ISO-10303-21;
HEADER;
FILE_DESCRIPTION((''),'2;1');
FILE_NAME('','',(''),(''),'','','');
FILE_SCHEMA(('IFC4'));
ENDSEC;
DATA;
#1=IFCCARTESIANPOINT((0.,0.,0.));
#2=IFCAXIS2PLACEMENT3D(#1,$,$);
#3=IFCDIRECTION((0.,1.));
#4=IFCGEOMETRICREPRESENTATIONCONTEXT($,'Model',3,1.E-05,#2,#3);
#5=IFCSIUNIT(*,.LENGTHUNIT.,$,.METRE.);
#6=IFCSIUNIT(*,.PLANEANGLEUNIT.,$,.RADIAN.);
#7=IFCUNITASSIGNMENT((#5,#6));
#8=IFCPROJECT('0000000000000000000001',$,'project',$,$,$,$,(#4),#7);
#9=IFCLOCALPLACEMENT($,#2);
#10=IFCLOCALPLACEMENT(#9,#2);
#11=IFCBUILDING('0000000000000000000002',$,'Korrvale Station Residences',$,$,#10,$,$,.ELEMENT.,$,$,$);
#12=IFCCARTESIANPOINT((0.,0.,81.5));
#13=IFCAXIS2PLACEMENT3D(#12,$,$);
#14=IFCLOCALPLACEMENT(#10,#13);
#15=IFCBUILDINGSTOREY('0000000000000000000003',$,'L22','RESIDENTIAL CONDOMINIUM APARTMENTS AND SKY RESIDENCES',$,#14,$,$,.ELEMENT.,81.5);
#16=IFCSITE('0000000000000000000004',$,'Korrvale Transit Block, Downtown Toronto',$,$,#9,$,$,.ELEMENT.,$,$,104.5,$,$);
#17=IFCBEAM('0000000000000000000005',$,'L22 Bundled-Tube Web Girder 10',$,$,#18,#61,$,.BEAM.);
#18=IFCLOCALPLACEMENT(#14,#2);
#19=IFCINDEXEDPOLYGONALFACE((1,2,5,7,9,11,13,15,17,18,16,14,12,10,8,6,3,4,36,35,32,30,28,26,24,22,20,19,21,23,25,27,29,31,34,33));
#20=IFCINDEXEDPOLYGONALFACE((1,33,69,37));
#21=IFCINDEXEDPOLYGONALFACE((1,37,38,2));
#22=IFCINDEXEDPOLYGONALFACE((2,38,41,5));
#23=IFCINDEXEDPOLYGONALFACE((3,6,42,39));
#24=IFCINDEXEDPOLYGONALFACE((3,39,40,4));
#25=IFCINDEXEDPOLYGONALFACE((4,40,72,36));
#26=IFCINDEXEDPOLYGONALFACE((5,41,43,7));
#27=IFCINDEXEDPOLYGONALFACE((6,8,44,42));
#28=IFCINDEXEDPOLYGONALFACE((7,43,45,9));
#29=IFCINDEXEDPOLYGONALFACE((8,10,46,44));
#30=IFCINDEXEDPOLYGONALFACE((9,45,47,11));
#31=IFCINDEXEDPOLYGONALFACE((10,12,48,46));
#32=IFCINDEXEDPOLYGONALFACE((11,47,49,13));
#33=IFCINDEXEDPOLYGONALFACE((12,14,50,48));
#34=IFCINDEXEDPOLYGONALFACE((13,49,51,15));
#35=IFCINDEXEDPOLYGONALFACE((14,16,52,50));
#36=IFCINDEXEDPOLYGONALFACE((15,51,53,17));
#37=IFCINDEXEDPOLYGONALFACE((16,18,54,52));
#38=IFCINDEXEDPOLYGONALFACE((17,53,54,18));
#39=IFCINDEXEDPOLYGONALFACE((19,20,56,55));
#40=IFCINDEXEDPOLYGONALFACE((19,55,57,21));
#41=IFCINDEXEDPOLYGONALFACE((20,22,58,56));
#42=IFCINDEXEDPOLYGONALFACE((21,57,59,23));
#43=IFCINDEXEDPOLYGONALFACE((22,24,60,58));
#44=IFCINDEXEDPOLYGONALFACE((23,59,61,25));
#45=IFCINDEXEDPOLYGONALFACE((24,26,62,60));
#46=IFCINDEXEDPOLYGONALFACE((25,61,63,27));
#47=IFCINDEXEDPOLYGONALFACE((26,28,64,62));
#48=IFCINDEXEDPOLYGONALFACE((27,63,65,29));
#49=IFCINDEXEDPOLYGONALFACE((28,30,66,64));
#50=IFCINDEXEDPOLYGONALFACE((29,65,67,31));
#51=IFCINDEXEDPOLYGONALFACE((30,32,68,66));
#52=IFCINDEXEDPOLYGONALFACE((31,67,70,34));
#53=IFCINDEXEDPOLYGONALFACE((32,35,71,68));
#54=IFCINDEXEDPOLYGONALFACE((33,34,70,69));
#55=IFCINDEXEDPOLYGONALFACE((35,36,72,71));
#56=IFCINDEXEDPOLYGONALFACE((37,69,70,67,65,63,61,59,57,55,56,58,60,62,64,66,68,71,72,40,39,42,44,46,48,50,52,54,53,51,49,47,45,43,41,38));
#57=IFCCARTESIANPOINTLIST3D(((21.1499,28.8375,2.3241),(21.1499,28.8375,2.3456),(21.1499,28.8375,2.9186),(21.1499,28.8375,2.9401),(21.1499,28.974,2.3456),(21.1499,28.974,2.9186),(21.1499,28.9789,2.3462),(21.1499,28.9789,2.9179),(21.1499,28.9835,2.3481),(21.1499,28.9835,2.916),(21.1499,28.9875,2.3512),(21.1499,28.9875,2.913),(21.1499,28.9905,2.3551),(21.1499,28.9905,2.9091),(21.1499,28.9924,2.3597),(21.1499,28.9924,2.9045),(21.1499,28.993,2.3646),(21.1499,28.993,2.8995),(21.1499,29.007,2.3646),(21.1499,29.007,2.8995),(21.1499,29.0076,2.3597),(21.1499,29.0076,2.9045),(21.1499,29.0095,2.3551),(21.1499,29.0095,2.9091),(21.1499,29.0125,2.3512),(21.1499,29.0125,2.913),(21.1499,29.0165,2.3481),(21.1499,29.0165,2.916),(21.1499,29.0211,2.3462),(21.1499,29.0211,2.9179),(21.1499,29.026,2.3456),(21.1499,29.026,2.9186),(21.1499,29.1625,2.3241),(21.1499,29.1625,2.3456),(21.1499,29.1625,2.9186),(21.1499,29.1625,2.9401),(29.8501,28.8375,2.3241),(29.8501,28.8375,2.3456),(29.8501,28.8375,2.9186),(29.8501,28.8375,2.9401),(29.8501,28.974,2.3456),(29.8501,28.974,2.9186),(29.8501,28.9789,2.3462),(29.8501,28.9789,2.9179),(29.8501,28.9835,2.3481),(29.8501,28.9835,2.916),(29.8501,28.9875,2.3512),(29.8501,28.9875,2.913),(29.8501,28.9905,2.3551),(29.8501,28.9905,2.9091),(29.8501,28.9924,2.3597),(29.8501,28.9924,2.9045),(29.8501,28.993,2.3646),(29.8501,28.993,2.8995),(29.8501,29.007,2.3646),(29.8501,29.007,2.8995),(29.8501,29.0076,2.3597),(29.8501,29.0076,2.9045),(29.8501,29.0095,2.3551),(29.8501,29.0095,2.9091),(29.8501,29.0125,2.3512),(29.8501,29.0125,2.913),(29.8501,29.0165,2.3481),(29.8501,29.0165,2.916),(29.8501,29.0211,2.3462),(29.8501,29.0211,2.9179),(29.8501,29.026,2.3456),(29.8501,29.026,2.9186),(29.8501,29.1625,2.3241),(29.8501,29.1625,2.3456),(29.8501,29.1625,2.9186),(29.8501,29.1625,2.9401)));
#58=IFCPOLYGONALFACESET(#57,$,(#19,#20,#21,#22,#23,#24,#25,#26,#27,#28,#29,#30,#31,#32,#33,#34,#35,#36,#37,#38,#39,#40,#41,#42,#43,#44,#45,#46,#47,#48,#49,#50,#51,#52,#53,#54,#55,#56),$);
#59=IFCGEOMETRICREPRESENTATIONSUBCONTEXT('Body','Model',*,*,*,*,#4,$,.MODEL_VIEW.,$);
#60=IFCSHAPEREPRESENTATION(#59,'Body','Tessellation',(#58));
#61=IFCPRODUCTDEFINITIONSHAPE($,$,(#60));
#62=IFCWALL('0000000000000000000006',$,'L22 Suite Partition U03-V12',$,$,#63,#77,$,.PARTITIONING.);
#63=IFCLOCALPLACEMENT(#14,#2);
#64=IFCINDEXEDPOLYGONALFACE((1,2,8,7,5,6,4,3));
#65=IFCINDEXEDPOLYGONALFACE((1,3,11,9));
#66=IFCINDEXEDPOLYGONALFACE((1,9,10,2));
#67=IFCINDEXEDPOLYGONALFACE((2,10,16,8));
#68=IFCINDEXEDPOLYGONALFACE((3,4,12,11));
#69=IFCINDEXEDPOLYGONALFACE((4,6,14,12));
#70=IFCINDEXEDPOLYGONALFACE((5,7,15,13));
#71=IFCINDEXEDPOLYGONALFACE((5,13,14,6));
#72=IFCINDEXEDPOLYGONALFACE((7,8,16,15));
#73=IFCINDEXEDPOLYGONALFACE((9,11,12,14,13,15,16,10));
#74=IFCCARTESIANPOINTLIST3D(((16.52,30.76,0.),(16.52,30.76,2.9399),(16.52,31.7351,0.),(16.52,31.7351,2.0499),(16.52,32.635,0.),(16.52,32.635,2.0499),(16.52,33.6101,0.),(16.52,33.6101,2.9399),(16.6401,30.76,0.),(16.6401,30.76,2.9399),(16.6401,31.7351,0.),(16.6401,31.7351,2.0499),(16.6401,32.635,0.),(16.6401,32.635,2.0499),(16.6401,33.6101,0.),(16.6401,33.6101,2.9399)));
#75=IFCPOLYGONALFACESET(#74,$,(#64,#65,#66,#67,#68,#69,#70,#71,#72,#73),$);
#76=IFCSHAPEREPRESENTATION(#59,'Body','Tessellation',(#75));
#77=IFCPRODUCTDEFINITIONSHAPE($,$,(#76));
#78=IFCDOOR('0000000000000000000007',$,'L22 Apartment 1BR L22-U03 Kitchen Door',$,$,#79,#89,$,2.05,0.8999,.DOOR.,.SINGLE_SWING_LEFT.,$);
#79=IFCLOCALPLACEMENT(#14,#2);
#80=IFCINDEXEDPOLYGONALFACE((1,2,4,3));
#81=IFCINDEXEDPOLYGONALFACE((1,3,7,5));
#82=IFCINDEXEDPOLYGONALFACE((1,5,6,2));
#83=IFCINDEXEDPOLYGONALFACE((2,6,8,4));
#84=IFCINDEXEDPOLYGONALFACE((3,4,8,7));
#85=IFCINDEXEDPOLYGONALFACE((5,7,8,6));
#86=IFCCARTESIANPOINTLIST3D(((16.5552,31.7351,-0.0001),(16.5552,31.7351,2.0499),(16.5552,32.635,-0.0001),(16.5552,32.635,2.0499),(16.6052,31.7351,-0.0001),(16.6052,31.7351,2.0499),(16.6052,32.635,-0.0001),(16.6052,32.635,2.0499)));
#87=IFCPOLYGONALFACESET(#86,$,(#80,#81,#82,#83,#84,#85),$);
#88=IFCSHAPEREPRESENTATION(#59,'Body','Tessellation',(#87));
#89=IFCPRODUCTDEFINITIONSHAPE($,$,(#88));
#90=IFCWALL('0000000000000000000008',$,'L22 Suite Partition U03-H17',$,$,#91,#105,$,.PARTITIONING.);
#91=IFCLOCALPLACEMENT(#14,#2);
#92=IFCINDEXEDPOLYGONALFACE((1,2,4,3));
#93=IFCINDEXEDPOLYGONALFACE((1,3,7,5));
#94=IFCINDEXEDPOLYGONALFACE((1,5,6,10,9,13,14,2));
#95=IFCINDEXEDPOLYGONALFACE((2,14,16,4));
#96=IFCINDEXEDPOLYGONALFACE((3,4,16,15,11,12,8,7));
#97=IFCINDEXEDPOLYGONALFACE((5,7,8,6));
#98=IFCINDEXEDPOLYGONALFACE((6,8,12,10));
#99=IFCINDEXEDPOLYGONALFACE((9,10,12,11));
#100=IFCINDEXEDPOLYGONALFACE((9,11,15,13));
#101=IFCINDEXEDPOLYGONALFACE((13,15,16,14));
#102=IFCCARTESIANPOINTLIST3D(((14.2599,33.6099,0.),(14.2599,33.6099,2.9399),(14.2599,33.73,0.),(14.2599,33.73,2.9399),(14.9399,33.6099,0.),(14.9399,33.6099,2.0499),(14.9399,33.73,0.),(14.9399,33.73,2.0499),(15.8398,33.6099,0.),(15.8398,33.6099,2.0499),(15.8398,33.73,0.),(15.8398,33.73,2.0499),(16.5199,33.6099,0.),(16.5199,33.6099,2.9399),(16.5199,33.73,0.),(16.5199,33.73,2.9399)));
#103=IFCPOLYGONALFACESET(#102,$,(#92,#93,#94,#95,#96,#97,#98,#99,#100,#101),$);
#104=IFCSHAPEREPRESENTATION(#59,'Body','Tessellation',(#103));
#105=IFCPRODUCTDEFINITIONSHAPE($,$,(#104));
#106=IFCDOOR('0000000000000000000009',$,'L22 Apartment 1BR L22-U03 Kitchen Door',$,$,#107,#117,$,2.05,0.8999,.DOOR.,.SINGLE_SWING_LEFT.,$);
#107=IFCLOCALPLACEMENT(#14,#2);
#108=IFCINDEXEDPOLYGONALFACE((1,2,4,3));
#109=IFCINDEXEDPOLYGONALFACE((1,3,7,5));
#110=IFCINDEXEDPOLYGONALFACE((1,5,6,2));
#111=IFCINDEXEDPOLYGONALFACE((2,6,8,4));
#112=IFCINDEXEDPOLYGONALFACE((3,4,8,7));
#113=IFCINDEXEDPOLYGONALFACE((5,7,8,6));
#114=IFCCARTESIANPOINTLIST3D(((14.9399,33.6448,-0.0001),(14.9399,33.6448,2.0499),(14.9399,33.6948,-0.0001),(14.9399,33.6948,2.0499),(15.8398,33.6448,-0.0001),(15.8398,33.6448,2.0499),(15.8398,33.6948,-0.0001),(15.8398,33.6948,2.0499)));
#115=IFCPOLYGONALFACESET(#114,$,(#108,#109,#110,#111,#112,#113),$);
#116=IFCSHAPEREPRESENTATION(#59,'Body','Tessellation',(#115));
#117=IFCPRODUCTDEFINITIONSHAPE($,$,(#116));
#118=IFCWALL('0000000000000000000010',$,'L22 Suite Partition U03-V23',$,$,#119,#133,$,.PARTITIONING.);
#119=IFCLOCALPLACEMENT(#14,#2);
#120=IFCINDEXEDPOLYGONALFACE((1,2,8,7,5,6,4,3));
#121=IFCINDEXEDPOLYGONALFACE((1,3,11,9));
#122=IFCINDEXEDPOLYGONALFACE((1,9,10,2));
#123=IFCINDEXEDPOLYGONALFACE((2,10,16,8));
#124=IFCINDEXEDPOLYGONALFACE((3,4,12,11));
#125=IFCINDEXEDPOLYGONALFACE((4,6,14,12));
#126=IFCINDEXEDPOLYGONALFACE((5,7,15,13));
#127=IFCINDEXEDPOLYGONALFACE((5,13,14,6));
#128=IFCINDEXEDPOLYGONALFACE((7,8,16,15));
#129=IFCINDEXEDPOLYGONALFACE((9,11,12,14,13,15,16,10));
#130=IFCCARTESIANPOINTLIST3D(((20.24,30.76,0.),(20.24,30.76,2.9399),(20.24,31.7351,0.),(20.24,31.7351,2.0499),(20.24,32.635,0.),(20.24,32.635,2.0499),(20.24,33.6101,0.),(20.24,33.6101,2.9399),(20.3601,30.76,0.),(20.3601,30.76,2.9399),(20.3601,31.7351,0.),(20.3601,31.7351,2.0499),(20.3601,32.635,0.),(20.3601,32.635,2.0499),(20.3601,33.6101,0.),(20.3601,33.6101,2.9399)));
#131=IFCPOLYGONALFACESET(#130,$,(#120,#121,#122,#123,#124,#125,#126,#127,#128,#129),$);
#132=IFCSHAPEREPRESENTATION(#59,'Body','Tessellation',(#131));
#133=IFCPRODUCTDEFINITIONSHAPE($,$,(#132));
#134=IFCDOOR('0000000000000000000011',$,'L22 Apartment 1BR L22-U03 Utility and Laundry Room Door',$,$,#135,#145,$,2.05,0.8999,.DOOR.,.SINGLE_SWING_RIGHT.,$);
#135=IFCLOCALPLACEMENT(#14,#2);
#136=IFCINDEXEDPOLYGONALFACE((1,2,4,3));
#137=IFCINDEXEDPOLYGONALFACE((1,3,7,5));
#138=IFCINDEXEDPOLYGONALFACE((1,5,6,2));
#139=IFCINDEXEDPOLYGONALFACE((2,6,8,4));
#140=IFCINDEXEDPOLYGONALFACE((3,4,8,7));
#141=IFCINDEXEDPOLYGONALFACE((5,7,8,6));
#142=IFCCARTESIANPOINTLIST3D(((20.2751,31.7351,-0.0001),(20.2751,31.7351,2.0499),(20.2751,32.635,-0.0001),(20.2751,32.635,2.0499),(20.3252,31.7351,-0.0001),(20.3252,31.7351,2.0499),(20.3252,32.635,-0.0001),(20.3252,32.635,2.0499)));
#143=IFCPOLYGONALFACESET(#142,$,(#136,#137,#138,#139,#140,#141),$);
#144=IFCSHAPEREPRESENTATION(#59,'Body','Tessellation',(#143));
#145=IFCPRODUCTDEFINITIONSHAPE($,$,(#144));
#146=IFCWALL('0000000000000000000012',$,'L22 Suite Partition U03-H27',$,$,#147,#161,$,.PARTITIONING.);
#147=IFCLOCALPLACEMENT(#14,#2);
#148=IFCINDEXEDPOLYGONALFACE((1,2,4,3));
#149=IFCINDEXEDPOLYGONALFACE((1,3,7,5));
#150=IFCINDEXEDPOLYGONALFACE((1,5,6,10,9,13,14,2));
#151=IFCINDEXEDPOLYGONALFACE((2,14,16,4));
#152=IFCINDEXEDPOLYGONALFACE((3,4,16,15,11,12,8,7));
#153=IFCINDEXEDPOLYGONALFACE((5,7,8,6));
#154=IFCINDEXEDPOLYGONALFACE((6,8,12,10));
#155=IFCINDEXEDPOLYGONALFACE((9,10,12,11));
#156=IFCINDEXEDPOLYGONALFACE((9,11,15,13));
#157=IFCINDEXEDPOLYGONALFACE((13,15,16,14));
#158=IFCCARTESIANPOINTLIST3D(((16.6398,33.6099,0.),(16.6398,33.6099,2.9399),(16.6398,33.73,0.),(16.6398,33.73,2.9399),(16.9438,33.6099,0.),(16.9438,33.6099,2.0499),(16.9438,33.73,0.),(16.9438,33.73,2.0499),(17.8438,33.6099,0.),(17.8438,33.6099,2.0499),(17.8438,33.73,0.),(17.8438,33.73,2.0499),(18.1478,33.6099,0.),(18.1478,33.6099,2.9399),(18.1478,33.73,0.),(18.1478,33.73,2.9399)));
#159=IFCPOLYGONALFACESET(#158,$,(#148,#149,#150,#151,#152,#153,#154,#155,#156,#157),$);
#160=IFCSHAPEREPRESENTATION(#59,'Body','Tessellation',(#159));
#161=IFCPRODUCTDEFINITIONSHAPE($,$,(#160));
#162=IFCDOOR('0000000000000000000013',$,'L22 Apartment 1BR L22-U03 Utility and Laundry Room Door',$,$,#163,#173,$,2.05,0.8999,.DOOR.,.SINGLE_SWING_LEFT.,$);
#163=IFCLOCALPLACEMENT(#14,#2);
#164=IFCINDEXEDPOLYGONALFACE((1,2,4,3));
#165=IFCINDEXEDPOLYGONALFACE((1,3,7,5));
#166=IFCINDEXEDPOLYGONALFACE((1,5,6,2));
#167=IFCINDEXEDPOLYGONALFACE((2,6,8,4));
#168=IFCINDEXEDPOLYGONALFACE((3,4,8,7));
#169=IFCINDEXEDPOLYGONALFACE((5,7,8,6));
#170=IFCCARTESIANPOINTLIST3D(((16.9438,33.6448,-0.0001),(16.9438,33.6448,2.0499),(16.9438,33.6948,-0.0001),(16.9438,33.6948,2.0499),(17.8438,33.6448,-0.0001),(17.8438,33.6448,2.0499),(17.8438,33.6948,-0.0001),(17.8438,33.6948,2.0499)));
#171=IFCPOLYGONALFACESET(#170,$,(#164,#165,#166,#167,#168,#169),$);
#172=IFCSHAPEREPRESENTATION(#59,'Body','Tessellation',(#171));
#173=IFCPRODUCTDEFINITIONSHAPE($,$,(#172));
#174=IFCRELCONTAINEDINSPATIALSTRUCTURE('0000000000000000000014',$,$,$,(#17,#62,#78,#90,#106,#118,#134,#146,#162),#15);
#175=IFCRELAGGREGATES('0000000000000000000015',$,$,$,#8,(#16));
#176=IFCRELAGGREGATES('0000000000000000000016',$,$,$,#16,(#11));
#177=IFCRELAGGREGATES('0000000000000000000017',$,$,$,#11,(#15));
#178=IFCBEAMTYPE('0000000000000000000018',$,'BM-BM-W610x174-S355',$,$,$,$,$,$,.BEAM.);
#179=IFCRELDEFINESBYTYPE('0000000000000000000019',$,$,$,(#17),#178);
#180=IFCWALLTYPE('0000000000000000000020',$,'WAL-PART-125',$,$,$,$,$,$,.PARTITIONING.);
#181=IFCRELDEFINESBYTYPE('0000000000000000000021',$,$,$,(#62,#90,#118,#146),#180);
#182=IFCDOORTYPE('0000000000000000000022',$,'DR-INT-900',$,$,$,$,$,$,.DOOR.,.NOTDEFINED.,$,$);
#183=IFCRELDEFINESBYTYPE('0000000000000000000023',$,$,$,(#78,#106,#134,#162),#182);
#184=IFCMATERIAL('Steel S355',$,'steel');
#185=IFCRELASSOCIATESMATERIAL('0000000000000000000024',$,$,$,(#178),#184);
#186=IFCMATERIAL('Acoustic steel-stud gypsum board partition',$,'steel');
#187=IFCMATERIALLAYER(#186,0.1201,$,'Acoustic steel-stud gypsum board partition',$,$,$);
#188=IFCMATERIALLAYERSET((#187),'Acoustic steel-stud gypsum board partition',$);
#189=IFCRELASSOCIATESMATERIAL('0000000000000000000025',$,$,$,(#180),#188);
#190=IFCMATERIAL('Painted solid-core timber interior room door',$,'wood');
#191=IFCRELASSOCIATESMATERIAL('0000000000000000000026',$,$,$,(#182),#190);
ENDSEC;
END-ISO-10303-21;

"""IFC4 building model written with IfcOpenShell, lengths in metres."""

from ifc_helpers import new_model, si_unit, direction, frame, frame_2d, origin, origin_2d, place, context, subcontext, project, spatial, rectangle, i_section, extrude, material, layer, layer_set, material_profile, profile_set, type_object, element, fill, save


model = new_model("IFC4")

# Units and contexts
model_context = context("Model", 3, precision=1e-05, world=origin(), true_north=direction((0.0, 1.0)))
body_context = subcontext(model_context, "Body", "Model", "MODEL_VIEW")
ifc_project = project(units=[si_unit("LENGTHUNIT", "METRE"), si_unit("PLANEANGLEUNIT", "RADIAN")], contexts=[model_context])

# Site, building, storey
site_placement = place(None, origin())
site = spatial("IfcSite", under=ifc_project, at=site_placement, Name="Korrvale Transit Block, Downtown Toronto", CompositionType="ELEMENT", RefElevation=104.5)
building_placement = place(site_placement, origin())
building = spatial("IfcBuilding", under=site, at=building_placement, Name="Korrvale Station Residences", CompositionType="ELEMENT")
storey_placement = place(building_placement, frame((0.0, 0.0, 81.5)))
storey = spatial("IfcBuildingStorey", under=building, at=storey_placement, Name="L22", Description="RESIDENTIAL CONDOMINIUM APARTMENTS AND SKY RESIDENCES", CompositionType="ELEMENT", Elevation=81.5)

# Beam
ifc_material_1 = material(Name="Steel S355", Category="steel")
ifc_material_profile = material_profile(ifc_material_1, i_section(OverallWidth=0.325, OverallDepth=0.616, WebThickness=0.0139, FlangeThickness=0.0215, FilletRadius=0.019, at=origin_2d()), Name="W610x174")
ifc_profile_set = profile_set([ifc_material_profile], Name="Steel S355")
beam_type = type_object("IfcBeamType", Name="BM-BM-W610x174-S355", PredefinedType="BEAM", material=ifc_profile_set)
beam_placement = place(storey_placement, frame((21.1499, 29.0, 2.6321), z_axis=(1.0, 0.0, 0.0), x_axis=(0.0, 1.0, 0.0)))
element("IfcBeam", 1, at=beam_placement, inside=storey, type_object=beam_type, Name="L22 Bundled-Tube Web Girder 10", PredefinedType="BEAM", context=body_context, shape_type="SweptSolid", body=[
    extrude(i_section(OverallWidth=0.325, OverallDepth=0.616, WebThickness=0.0139, FlangeThickness=0.0215, FilletRadius=0.019, at=origin_2d()), origin(), (0.0, 0.0, 1.0), 8.7002),
])

# Walls, openings, doors
ifc_material_2 = material(Name="Acoustic steel-stud gypsum board partition", Category="steel")
ifc_layer = layer(ifc_material_2, 0.1201, Name="Acoustic steel-stud gypsum board partition")
ifc_layer_set = layer_set([ifc_layer], Name="Acoustic steel-stud gypsum board partition")
wall_type = type_object("IfcWallType", Name="WAL-PART-125", PredefinedType="PARTITIONING", material=ifc_layer_set)
wall_1_placement = place(storey_placement, frame((16.5801, 30.76, 0.0), z_axis=(0.0, 0.0, 1.0), x_axis=(0.0, 1.0, 0.0)))
wall_1 = element("IfcWall", 2, at=wall_1_placement, inside=storey, type_object=wall_type, Name="L22 Suite Partition U03-V12", PredefinedType="PARTITIONING", context=body_context, shape_type="SweptSolid", body=[
    extrude(rectangle(XDim=2.8501, YDim=0.1201, at=frame_2d((1.425, 0.0))), origin(), (0.0, 0.0, 1.0), 2.9399),
])
opening_1_placement = place(wall_1_placement, frame((0.9751, 0.0, 0.0)))
opening_1 = element("IfcOpeningElement", 3, at=opening_1_placement, cuts=wall_1, PredefinedType="OPENING", context=body_context, shape_type="SweptSolid", body=[
    extrude(rectangle(XDim=0.8999, YDim=2.05, at=frame_2d((0.45, 1.0249))), frame((0.0, 0.0701, 0.0), z_axis=(0.0, -1.0, 0.0), x_axis=(1.0, 0.0, 0.0)), (0.0, 0.0, 1.0), 0.1401),
])
ifc_material_3 = material(Name="Painted solid-core timber interior room door", Category="wood")
door_type = type_object("IfcDoorType", Name="DR-INT-900", OperationType="NOTDEFINED", PredefinedType="DOOR", material=ifc_material_3)
door_1_placement = place(opening_1_placement, origin())
door_1 = element("IfcDoor", 4, at=door_1_placement, inside=storey, type_object=door_type, Name="L22 Apartment 1BR L22-U03 Kitchen Door", OperationType="SINGLE_SWING_LEFT", OverallHeight=2.05, OverallWidth=0.8999, PredefinedType="DOOR", context=body_context, shape_type="SweptSolid", body=[
    extrude(rectangle(XDim=0.8999, YDim=2.05, at=frame_2d((0.45, 1.0249))), frame((0.0, 0.0249, 0.0), z_axis=(0.0, -1.0, 0.0), x_axis=(1.0, 0.0, 0.0)), (0.0, 0.0, 1.0), 0.05),
])
fill(opening_1, door_1)
wall_2_placement = place(storey_placement, frame((14.26, 33.6699, 0.0), z_axis=(0.0, 0.0, 1.0), x_axis=(1.0, 0.0, 0.0)))
wall_2 = element("IfcWall", 5, at=wall_2_placement, inside=storey, type_object=wall_type, Name="L22 Suite Partition U03-H17", PredefinedType="PARTITIONING", context=body_context, shape_type="SweptSolid", body=[
    extrude(rectangle(XDim=2.26, YDim=0.1201, at=frame_2d((1.1299, 0.0))), origin(), (0.0, 0.0, 1.0), 2.9399),
])
opening_2_placement = place(wall_2_placement, frame((0.6799, 0.0, 0.0)))
opening_2 = element("IfcOpeningElement", 6, at=opening_2_placement, cuts=wall_2, PredefinedType="OPENING", context=body_context, shape_type="SweptSolid", body=[
    extrude(rectangle(XDim=0.8999, YDim=2.05, at=frame_2d((0.45, 1.0249))), frame((0.0, 0.0701, 0.0), z_axis=(0.0, -1.0, 0.0), x_axis=(1.0, 0.0, 0.0)), (0.0, 0.0, 1.0), 0.1401),
])
door_2_placement = place(opening_2_placement, origin())
door_2 = element("IfcDoor", 7, at=door_2_placement, inside=storey, type_object=door_type, Name="L22 Apartment 1BR L22-U03 Kitchen Door", OperationType="SINGLE_SWING_LEFT", OverallHeight=2.05, OverallWidth=0.8999, PredefinedType="DOOR", context=body_context, shape_type="SweptSolid", body=[
    extrude(rectangle(XDim=0.8999, YDim=2.05, at=frame_2d((0.45, 1.0249))), frame((0.0, 0.0249, 0.0), z_axis=(0.0, -1.0, 0.0), x_axis=(1.0, 0.0, 0.0)), (0.0, 0.0, 1.0), 0.05),
])
fill(opening_2, door_2)
wall_3_placement = place(storey_placement, frame((20.3, 30.76, 0.0), z_axis=(0.0, 0.0, 1.0), x_axis=(0.0, 1.0, 0.0)))
wall_3 = element("IfcWall", 8, at=wall_3_placement, inside=storey, type_object=wall_type, Name="L22 Suite Partition U03-V23", PredefinedType="PARTITIONING", context=body_context, shape_type="SweptSolid", body=[
    extrude(rectangle(XDim=2.8501, YDim=0.1201, at=frame_2d((1.425, 0.0))), origin(), (0.0, 0.0, 1.0), 2.9399),
])
opening_3_placement = place(wall_3_placement, frame((0.9751, 0.0, 0.0)))
opening_3 = element("IfcOpeningElement", 9, at=opening_3_placement, cuts=wall_3, PredefinedType="OPENING", context=body_context, shape_type="SweptSolid", body=[
    extrude(rectangle(XDim=0.8999, YDim=2.05, at=frame_2d((0.45, 1.0249))), frame((0.0, 0.0701, 0.0), z_axis=(0.0, -1.0, 0.0), x_axis=(1.0, 0.0, 0.0)), (0.0, 0.0, 1.0), 0.1401),
])
door_3_placement = place(opening_3_placement, origin())
door_3 = element("IfcDoor", 10, at=door_3_placement, inside=storey, type_object=door_type, Name="L22 Apartment 1BR L22-U03 Utility and Laundry Room Door", OperationType="SINGLE_SWING_RIGHT", OverallHeight=2.05, OverallWidth=0.8999, PredefinedType="DOOR", context=body_context, shape_type="SweptSolid", body=[
    extrude(rectangle(XDim=0.8999, YDim=2.05, at=frame_2d((0.45, 1.0249))), frame((0.0, 0.0249, 0.0), z_axis=(0.0, -1.0, 0.0), x_axis=(1.0, 0.0, 0.0)), (0.0, 0.0, 1.0), 0.05),
])
fill(opening_3, door_3)
wall_4_placement = place(storey_placement, frame((16.6399, 33.6699, 0.0), z_axis=(0.0, 0.0, 1.0), x_axis=(1.0, 0.0, 0.0)))
wall_4 = element("IfcWall", 11, at=wall_4_placement, inside=storey, type_object=wall_type, Name="L22 Suite Partition U03-H27", PredefinedType="PARTITIONING", context=body_context, shape_type="SweptSolid", body=[
    extrude(rectangle(XDim=1.5081, YDim=0.1201, at=frame_2d((0.7539, 0.0))), origin(), (0.0, 0.0, 1.0), 2.9399),
])
opening_4_placement = place(wall_4_placement, frame((0.304, 0.0, 0.0)))
opening_4 = element("IfcOpeningElement", 12, at=opening_4_placement, cuts=wall_4, PredefinedType="OPENING", context=body_context, shape_type="SweptSolid", body=[
    extrude(rectangle(XDim=0.8999, YDim=2.05, at=frame_2d((0.45, 1.0249))), frame((0.0, 0.0701, 0.0), z_axis=(0.0, -1.0, 0.0), x_axis=(1.0, 0.0, 0.0)), (0.0, 0.0, 1.0), 0.1401),
])
door_4_placement = place(opening_4_placement, origin())
door_4 = element("IfcDoor", 13, at=door_4_placement, inside=storey, type_object=door_type, Name="L22 Apartment 1BR L22-U03 Utility and Laundry Room Door", OperationType="SINGLE_SWING_LEFT", OverallHeight=2.05, OverallWidth=0.8999, PredefinedType="DOOR", context=body_context, shape_type="SweptSolid", body=[
    extrude(rectangle(XDim=0.8999, YDim=2.05, at=frame_2d((0.45, 1.0249))), frame((0.0, 0.0249, 0.0), z_axis=(0.0, -1.0, 0.0), x_axis=(1.0, 0.0, 0.0)), (0.0, 0.0, 1.0), 0.05),
])
fill(opening_4, door_4)

save(model, "model.ifc")
